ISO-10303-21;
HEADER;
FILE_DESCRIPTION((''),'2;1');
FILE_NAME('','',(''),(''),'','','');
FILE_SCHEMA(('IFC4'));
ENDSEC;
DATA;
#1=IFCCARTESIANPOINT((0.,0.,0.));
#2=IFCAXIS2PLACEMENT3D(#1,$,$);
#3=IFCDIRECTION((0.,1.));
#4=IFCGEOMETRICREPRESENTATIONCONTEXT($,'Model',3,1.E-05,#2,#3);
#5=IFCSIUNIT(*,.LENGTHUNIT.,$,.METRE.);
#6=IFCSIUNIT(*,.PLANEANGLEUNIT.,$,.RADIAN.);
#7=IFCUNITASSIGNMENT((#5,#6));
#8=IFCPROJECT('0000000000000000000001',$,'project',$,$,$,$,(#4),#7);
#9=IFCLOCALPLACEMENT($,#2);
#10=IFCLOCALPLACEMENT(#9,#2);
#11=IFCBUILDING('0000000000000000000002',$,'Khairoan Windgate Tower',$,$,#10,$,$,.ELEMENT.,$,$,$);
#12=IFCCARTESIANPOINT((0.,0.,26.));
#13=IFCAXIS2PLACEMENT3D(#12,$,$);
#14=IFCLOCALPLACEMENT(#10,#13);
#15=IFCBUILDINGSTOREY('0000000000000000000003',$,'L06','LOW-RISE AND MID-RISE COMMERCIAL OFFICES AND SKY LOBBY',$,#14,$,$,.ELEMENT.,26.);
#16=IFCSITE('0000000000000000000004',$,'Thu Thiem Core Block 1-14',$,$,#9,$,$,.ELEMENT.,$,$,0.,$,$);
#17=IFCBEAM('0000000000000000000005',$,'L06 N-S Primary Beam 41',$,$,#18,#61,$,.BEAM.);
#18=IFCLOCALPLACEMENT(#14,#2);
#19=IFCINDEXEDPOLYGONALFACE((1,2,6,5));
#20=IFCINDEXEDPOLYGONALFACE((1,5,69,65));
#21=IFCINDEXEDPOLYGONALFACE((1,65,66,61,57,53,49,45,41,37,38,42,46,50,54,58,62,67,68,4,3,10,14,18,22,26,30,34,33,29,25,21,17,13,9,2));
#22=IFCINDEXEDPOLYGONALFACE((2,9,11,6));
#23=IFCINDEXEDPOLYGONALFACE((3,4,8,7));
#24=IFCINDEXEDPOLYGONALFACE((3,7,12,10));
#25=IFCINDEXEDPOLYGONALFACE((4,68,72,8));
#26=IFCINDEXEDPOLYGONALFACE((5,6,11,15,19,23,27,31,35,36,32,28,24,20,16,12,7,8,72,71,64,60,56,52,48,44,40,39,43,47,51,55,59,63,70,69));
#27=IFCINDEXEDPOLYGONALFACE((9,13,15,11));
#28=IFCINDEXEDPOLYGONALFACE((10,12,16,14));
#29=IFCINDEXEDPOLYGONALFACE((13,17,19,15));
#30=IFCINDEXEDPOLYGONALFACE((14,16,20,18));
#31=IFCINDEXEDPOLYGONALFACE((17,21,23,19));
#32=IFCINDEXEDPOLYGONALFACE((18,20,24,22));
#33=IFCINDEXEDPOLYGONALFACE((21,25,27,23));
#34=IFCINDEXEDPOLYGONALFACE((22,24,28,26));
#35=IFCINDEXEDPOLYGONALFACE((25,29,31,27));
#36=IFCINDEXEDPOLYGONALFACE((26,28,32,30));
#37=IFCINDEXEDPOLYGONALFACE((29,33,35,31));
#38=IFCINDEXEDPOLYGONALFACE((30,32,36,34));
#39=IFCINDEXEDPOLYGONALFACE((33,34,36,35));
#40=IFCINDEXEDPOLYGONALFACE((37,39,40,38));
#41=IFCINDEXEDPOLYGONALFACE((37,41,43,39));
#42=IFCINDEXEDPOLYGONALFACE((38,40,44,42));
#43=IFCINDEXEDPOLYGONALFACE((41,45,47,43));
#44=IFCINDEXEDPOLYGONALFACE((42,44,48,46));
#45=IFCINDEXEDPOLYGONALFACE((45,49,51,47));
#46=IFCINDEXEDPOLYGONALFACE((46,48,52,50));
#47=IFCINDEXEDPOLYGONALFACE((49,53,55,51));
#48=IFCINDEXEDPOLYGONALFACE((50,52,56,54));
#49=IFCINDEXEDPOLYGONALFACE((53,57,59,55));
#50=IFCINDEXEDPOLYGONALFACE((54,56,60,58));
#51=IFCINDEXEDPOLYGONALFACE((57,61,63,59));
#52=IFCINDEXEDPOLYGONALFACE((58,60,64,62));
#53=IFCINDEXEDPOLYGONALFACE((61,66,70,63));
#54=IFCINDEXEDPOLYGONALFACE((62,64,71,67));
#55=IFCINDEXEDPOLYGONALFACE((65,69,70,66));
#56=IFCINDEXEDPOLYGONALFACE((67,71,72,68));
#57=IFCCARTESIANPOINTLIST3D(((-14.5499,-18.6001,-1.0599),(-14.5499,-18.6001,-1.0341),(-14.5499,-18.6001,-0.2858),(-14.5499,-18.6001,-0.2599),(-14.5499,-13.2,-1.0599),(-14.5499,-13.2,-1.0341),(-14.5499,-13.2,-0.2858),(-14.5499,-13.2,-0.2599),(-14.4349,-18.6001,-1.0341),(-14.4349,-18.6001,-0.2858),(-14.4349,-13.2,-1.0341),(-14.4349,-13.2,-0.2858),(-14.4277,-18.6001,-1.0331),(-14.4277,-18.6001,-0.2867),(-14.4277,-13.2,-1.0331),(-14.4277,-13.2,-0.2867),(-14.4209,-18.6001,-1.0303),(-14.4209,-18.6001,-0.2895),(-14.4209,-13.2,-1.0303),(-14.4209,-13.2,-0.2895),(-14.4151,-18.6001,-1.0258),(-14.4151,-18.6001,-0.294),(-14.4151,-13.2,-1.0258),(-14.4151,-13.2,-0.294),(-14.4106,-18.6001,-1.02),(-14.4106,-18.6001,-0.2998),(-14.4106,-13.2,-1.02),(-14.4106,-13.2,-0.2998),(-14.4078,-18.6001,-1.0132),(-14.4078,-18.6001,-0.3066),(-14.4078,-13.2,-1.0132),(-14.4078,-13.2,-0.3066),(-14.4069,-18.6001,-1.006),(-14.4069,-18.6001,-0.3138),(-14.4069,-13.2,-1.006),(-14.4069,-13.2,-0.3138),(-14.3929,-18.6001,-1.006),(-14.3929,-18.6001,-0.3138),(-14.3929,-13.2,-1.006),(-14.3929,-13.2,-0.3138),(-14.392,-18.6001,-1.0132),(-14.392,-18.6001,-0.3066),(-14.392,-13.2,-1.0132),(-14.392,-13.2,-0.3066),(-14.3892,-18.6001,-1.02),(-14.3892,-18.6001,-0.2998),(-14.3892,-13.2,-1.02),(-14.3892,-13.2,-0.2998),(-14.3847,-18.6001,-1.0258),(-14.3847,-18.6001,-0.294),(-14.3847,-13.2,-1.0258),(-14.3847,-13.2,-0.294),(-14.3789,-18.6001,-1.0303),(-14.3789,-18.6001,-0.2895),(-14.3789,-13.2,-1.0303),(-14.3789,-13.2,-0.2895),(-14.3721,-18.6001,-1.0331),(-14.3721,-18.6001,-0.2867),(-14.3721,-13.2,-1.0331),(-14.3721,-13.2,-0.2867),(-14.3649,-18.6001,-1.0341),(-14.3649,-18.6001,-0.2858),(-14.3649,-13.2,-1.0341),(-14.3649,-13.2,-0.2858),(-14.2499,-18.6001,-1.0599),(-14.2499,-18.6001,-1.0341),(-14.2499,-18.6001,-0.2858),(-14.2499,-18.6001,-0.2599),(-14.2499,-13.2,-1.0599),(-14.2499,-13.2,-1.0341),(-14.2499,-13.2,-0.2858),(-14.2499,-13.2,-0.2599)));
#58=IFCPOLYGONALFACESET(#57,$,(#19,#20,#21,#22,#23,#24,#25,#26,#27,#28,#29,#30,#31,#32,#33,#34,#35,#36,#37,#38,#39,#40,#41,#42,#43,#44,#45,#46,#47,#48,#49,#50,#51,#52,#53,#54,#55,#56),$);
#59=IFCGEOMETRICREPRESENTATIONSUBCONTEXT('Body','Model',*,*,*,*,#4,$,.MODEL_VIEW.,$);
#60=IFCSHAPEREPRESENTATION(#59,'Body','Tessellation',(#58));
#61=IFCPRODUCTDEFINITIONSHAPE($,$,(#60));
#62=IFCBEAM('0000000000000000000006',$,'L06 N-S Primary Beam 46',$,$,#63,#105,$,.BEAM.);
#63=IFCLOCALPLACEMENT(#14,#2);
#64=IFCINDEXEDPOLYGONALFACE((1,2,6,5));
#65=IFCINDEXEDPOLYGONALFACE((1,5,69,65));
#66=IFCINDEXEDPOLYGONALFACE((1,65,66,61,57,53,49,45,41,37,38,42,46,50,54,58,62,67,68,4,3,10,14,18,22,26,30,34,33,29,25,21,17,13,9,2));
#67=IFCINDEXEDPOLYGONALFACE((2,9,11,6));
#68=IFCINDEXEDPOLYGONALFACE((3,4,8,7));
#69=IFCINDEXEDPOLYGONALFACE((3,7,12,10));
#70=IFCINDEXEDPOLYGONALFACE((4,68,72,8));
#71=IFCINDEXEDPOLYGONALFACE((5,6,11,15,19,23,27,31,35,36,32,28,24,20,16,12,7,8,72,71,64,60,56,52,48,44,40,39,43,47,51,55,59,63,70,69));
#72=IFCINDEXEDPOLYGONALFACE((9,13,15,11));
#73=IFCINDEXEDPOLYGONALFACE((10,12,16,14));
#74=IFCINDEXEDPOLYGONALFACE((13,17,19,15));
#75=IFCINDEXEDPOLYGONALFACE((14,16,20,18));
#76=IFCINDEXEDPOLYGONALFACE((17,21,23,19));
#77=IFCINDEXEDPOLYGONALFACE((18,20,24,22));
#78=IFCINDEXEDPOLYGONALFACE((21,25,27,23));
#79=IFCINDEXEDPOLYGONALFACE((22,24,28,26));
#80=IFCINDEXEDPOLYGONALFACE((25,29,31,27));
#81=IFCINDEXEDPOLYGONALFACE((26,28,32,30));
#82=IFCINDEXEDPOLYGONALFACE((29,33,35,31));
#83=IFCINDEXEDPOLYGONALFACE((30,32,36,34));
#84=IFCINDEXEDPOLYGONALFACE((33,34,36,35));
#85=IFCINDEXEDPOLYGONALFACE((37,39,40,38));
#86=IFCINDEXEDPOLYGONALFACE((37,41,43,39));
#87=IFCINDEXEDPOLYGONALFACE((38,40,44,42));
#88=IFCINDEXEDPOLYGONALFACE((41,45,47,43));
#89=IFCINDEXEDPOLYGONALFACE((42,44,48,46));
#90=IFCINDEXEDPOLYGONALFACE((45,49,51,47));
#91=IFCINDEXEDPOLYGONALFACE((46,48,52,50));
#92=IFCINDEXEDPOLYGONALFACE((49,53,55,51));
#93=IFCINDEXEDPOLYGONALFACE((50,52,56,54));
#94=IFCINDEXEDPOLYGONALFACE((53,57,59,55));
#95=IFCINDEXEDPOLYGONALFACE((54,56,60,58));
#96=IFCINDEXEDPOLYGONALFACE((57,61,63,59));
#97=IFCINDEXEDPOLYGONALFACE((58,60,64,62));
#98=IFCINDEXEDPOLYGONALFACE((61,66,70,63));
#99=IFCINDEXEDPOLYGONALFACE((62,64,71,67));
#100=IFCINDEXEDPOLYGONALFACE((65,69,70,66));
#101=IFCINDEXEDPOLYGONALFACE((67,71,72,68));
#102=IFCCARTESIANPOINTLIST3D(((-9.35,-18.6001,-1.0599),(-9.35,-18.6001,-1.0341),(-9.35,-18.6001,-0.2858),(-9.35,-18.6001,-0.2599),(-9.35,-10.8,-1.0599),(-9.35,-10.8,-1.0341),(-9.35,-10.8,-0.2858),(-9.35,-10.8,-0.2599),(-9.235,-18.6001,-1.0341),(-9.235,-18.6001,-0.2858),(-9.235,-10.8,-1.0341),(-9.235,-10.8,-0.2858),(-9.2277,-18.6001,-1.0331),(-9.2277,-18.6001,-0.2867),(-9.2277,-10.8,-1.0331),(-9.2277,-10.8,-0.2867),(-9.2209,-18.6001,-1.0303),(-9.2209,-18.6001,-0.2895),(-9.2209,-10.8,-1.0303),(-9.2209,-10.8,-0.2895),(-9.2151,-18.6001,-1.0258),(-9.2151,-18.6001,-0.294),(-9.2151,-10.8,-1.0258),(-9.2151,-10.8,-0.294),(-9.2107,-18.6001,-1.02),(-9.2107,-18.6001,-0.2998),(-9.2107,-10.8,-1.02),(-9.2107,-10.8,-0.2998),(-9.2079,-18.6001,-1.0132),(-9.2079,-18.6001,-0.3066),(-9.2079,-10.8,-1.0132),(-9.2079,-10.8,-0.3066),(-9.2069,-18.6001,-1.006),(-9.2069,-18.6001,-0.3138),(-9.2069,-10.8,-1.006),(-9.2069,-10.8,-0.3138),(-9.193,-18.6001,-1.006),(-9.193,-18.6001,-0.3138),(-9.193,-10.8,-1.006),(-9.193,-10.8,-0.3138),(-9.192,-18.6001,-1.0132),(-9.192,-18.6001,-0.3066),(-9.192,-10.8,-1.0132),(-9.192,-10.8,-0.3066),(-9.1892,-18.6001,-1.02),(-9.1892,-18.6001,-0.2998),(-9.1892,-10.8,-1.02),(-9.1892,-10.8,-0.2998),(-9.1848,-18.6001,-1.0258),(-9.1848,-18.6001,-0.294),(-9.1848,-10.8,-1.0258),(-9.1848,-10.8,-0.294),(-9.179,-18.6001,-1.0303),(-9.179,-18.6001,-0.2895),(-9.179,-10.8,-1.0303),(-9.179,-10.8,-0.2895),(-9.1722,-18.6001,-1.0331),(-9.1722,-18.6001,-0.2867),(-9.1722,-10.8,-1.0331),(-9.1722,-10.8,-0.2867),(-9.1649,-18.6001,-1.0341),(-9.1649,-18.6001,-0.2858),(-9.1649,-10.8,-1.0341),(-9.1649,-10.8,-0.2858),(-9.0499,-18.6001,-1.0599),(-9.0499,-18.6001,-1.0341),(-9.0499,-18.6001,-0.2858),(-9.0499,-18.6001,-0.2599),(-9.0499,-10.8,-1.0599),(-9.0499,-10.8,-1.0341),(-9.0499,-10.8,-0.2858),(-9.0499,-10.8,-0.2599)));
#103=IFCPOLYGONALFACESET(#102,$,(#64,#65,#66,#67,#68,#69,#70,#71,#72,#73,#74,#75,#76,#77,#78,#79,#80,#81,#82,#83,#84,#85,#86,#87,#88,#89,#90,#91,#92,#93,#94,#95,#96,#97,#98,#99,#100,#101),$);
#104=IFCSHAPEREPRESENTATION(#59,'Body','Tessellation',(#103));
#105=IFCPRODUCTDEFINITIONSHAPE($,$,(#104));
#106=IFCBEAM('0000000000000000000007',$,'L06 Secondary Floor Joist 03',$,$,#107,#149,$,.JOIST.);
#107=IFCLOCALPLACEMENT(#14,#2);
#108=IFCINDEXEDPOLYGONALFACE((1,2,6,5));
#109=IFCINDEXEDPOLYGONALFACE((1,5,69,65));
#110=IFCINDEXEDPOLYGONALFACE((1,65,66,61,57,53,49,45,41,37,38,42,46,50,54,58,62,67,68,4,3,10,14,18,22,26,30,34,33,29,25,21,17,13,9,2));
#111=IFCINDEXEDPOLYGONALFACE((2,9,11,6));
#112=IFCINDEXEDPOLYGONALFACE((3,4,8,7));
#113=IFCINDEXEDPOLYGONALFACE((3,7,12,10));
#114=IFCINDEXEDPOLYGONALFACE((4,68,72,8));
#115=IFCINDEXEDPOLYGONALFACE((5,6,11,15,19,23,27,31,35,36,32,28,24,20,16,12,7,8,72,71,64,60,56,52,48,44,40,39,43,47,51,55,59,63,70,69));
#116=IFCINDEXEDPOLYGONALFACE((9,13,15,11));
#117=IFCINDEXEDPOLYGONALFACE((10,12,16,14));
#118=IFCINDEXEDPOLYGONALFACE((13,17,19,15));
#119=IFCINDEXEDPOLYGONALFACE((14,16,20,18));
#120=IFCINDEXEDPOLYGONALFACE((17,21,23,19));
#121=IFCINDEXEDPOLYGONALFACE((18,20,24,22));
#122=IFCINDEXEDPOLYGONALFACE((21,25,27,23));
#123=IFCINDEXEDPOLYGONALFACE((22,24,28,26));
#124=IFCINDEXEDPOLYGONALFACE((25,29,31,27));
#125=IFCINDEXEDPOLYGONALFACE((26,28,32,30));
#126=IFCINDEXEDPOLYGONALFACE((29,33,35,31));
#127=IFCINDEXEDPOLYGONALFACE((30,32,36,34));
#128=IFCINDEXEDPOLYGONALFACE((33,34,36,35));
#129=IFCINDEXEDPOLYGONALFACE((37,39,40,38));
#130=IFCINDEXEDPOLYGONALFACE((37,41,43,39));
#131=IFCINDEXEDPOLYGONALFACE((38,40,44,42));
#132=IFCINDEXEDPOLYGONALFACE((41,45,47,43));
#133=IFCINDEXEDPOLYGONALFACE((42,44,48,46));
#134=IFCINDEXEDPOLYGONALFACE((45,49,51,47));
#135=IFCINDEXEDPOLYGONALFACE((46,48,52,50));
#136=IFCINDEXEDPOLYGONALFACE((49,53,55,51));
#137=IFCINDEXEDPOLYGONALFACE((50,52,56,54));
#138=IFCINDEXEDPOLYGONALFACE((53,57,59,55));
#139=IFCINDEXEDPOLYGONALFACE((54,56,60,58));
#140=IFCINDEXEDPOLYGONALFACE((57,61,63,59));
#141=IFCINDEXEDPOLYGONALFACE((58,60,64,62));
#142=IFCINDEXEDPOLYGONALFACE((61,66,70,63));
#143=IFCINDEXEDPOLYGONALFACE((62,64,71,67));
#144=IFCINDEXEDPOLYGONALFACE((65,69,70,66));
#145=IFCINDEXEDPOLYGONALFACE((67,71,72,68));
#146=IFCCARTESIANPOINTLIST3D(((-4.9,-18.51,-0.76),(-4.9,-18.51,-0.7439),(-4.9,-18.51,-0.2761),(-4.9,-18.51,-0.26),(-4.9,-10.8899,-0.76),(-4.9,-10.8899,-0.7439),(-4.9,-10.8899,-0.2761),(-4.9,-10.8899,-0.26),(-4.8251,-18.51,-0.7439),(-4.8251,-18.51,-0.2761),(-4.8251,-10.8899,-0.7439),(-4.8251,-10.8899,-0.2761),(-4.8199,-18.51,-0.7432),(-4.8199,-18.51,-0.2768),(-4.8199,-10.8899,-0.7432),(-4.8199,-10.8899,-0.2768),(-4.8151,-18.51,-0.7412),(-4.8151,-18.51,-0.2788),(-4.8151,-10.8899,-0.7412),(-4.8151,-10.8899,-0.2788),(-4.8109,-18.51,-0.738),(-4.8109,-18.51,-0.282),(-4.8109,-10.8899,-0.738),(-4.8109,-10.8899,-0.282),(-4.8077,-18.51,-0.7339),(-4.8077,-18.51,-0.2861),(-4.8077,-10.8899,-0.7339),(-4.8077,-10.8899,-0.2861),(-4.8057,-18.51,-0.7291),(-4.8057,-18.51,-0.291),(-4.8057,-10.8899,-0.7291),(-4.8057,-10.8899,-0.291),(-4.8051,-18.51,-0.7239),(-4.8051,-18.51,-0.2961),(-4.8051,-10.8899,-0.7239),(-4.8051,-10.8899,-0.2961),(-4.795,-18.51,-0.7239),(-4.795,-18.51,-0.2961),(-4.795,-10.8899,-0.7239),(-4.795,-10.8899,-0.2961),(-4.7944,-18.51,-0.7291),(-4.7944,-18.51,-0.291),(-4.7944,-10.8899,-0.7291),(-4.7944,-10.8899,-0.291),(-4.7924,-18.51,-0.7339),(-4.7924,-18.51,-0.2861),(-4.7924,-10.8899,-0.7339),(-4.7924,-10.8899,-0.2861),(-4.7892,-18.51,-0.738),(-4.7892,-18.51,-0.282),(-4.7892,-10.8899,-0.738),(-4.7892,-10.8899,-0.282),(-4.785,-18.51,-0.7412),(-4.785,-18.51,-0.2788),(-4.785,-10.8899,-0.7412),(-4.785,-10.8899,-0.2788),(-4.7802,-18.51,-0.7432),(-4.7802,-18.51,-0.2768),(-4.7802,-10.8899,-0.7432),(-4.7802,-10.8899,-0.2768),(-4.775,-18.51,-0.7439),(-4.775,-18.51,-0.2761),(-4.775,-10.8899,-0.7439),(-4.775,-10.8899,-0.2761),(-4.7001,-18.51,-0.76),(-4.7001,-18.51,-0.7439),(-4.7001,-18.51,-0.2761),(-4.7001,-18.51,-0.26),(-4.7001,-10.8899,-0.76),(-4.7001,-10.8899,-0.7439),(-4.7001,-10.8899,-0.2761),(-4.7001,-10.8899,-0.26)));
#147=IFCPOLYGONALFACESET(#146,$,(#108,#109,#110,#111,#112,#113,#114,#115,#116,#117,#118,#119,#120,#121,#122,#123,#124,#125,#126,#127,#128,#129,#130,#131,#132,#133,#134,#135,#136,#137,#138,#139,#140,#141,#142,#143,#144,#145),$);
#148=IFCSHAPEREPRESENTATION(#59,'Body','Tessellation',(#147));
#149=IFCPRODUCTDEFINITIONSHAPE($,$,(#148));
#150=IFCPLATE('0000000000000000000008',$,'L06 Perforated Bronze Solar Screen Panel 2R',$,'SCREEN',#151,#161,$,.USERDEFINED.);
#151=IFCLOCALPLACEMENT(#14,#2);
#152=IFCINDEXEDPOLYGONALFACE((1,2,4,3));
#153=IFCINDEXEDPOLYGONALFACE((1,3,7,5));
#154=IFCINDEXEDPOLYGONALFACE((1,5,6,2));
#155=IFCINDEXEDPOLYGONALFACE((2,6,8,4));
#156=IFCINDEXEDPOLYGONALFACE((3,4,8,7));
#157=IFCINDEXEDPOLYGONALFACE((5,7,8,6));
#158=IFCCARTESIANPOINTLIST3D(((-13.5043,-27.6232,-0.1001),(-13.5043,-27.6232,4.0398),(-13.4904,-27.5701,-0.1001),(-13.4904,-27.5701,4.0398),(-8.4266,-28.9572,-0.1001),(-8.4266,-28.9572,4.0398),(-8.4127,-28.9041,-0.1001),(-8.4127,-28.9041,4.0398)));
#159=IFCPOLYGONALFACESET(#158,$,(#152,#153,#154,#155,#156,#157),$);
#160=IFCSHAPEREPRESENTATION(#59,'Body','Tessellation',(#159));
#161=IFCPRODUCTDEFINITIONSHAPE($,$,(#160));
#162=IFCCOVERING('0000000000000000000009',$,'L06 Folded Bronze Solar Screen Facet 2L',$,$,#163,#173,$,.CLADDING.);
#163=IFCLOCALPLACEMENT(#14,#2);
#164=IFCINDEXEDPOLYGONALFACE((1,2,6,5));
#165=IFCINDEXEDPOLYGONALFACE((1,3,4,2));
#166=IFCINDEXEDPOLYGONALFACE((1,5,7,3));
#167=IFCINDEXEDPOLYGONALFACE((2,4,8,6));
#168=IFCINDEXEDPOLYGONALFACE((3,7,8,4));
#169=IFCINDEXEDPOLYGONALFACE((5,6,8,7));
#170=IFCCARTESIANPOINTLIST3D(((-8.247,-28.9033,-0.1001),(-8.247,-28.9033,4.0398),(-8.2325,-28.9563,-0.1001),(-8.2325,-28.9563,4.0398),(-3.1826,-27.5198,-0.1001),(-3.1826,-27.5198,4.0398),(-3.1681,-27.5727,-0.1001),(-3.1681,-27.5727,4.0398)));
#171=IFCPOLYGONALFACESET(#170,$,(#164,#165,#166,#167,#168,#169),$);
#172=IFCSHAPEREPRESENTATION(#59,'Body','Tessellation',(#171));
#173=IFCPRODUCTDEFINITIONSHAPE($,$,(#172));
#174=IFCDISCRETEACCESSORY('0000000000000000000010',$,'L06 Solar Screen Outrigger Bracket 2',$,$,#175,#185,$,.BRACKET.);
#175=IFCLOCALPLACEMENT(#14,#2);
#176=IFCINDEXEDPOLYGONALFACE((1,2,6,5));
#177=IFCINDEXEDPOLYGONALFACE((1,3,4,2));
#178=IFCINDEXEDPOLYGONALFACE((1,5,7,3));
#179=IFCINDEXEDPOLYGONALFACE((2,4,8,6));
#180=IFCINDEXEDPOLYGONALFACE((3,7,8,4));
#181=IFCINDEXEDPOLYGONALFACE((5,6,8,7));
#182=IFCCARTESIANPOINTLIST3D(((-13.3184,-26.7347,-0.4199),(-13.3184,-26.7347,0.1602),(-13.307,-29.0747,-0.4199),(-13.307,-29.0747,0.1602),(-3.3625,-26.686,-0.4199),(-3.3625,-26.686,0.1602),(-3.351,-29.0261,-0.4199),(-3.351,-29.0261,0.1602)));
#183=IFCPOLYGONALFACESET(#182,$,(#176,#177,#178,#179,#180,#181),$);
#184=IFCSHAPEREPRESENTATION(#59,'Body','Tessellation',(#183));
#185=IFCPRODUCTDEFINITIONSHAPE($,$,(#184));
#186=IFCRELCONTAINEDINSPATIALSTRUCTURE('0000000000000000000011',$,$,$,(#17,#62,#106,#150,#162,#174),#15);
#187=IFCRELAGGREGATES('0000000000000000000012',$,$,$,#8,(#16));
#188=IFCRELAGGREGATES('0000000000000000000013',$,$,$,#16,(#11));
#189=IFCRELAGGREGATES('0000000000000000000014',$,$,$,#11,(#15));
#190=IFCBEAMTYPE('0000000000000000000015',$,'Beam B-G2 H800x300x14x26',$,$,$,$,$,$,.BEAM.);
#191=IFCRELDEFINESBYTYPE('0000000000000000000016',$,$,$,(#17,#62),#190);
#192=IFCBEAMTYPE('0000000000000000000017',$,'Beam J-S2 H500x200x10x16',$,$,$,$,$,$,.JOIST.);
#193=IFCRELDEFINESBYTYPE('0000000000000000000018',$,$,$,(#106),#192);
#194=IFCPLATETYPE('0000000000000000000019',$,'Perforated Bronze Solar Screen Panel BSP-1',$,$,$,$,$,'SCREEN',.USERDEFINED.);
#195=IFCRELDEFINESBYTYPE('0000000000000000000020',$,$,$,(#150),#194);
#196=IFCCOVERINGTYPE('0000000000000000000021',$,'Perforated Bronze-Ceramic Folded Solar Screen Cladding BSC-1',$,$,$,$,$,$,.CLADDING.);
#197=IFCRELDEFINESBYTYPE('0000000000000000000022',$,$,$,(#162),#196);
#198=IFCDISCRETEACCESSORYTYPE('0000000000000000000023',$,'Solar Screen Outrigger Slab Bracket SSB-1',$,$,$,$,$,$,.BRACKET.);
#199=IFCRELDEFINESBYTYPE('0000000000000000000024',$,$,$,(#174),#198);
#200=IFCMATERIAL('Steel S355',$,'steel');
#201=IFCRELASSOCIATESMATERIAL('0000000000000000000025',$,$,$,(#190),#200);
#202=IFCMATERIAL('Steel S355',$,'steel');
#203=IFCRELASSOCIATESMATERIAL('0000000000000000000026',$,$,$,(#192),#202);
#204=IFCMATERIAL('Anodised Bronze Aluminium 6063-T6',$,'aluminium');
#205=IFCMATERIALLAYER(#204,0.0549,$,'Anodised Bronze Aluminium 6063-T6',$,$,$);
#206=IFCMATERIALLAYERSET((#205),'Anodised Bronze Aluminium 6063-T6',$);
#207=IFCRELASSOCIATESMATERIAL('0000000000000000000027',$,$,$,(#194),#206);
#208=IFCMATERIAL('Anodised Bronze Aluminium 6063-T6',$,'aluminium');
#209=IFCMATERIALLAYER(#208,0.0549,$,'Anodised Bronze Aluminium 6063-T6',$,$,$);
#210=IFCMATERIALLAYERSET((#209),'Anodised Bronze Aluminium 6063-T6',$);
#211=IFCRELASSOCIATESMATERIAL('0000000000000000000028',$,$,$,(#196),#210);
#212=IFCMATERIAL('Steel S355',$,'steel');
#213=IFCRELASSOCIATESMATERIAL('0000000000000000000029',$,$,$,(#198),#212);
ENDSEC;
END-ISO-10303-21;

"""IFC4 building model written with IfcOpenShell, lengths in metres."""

from ifc_helpers import new_model, si_unit, direction, frame, origin, origin_2d, place, context, subcontext, project, spatial, rectangle, i_section, extrude, material, layer, layer_set, material_profile, profile_set, type_object, element, save


model = new_model("IFC4")

# Units and contexts
model_context = context("Model", 3, precision=1e-05, world=origin(), true_north=direction((0.0, 1.0)))
body_context = subcontext(model_context, "Body", "Model", "MODEL_VIEW")
ifc_project = project(units=[si_unit("LENGTHUNIT", "METRE"), si_unit("PLANEANGLEUNIT", "RADIAN")], contexts=[model_context])

# Site, building, storey
site_placement = place(None, origin())
site = spatial("IfcSite", under=ifc_project, at=site_placement, Name="Thu Thiem Core Block 1-14", CompositionType="ELEMENT", RefElevation=0.0)
building_placement = place(site_placement, origin())
building = spatial("IfcBuilding", under=site, at=building_placement, Name="Khairoan Windgate Tower", CompositionType="ELEMENT")
storey_placement = place(building_placement, frame((0.0, 0.0, 26.0)))
storey = spatial("IfcBuildingStorey", under=building, at=storey_placement, Name="L06", Description="LOW-RISE AND MID-RISE COMMERCIAL OFFICES AND SKY LOBBY", CompositionType="ELEMENT", Elevation=26.0)

# Beams
ifc_material_1 = material(Name="Steel S355", Category="steel")
ifc_material_profile_1 = material_profile(ifc_material_1, i_section(OverallWidth=0.3, OverallDepth=0.8, WebThickness=0.0139, FlangeThickness=0.0259, FilletRadius=0.0281, at=origin_2d()))
ifc_profile_set_1 = profile_set([ifc_material_profile_1], Name="Steel S355")
beam_type_1 = type_object("IfcBeamType", Name="Beam B-G2 H800x300x14x26", PredefinedType="BEAM", material=ifc_profile_set_1)
beam_1_placement = place(storey_placement, frame((-14.3999, -18.6001, -0.6599), z_axis=(0.0, 1.0, 0.0), x_axis=(-1.0, 0.0, 0.0)))
element("IfcBeam", 1, at=beam_1_placement, inside=storey, type_object=beam_type_1, Name="L06 N-S Primary Beam 41", PredefinedType="BEAM", context=body_context, shape_type="SweptSolid", body=[
    extrude(i_section(OverallWidth=0.3, OverallDepth=0.8, WebThickness=0.0139, FlangeThickness=0.0259, FilletRadius=0.0281, at=origin_2d()), origin(), (0.0, 0.0, 1.0), 5.4001),
])
beam_2_placement = place(storey_placement, frame((-9.2, -18.6001, -0.6599), z_axis=(0.0, 1.0, 0.0), x_axis=(-1.0, 0.0, 0.0)))
element("IfcBeam", 2, at=beam_2_placement, inside=storey, type_object=beam_type_1, Name="L06 N-S Primary Beam 46", PredefinedType="BEAM", context=body_context, shape_type="SweptSolid", body=[
    extrude(i_section(OverallWidth=0.3, OverallDepth=0.8, WebThickness=0.0139, FlangeThickness=0.0259, FilletRadius=0.0281, at=origin_2d()), origin(), (0.0, 0.0, 1.0), 7.8),
])
ifc_material_2 = material(Name="Steel S355", Category="steel")
ifc_material_profile_2 = material_profile(ifc_material_2, i_section(OverallWidth=0.2, OverallDepth=0.5, WebThickness=0.01, FlangeThickness=0.0161, FilletRadius=0.02, at=origin_2d()))
ifc_profile_set_2 = profile_set([ifc_material_profile_2], Name="Steel S355")
beam_type_2 = type_object("IfcBeamType", Name="Beam J-S2 H500x200x10x16", PredefinedType="JOIST", material=ifc_profile_set_2)
beam_3_placement = place(storey_placement, frame((-4.8, -18.51, -0.51), z_axis=(0.0, 1.0, 0.0), x_axis=(-1.0, 0.0, 0.0)))
element("IfcBeam", 3, at=beam_3_placement, inside=storey, type_object=beam_type_2, Name="L06 Secondary Floor Joist 03", PredefinedType="JOIST", context=body_context, shape_type="SweptSolid", body=[
    extrude(i_section(OverallWidth=0.2, OverallDepth=0.5, WebThickness=0.01, FlangeThickness=0.0161, FilletRadius=0.02, at=origin_2d()), origin(), (0.0, 0.0, 1.0), 7.6201),
])

# Plate
ifc_material_3 = material(Name="Anodised Bronze Aluminium 6063-T6", Category="aluminium")
ifc_layer_1 = layer(ifc_material_3, 0.0549, Name="Anodised Bronze Aluminium 6063-T6")
ifc_layer_set_1 = layer_set([ifc_layer_1], Name="Anodised Bronze Aluminium 6063-T6")
plate_type = type_object("IfcPlateType", Name="Perforated Bronze Solar Screen Panel BSP-1", ElementType="SCREEN", PredefinedType="USERDEFINED", material=ifc_layer_set_1)
plate_placement = place(storey_placement, frame((-10.9585, -28.2637, -0.1001), z_axis=(0.0, 0.0, 1.0), x_axis=(-0.967179, 0.254096, 0.0)))
element("IfcPlate", 4, at=plate_placement, inside=storey, type_object=plate_type, Name="L06 Perforated Bronze Solar Screen Panel 2R", ObjectType="SCREEN", PredefinedType="USERDEFINED", context=body_context, shape_type="SweptSolid", body=[
    extrude(rectangle(XDim=5.25, YDim=0.0549, at=origin_2d()), origin(), (0.0, 0.0, 1.0), 4.1399),
])

# Covering
ifc_material_4 = material(Name="Anodised Bronze Aluminium 6063-T6", Category="aluminium")
ifc_layer_2 = layer(ifc_material_4, 0.0549, Name="Anodised Bronze Aluminium 6063-T6")
ifc_layer_set_2 = layer_set([ifc_layer_2], Name="Anodised Bronze Aluminium 6063-T6")
covering_type = type_object("IfcCoveringType", Name="Perforated Bronze-Ceramic Folded Solar Screen Cladding BSC-1", PredefinedType="CLADDING", material=ifc_layer_set_2)
covering_placement = place(storey_placement, frame((-5.7075, -28.238, -0.1001), z_axis=(0.0, 0.0, 1.0), x_axis=(-0.964649, -0.263536, 0.0)))
element("IfcCovering", 5, at=covering_placement, inside=storey, type_object=covering_type, Name="L06 Folded Bronze Solar Screen Facet 2L", PredefinedType="CLADDING", context=body_context, shape_type="SweptSolid", body=[
    extrude(rectangle(XDim=5.25, YDim=0.0549, at=origin_2d()), origin(), (0.0, 0.0, 1.0), 4.1399),
])

# Discrete accessory
ifc_material_5 = material(Name="Steel S355", Category="steel")
discrete_accessory_type = type_object("IfcDiscreteAccessoryType", Name="Solar Screen Outrigger Slab Bracket SSB-1", PredefinedType="BRACKET", material=ifc_material_5)
discrete_accessory_placement = place(storey_placement, frame((-8.3347, -27.8804, -0.4199), z_axis=(0.0, 0.0, 1.0), x_axis=(-0.999988, -0.004887, 0.0)))
element("IfcDiscreteAccessory", 6, at=discrete_accessory_placement, inside=storey, type_object=discrete_accessory_type, Name="L06 Solar Screen Outrigger Bracket 2", PredefinedType="BRACKET", context=body_context, shape_type="SweptSolid", body=[
    extrude(rectangle(XDim=9.9561, YDim=2.3401, at=origin_2d()), origin(), (0.0, 0.0, 1.0), 0.5801),
])

save(model, "model.ifc")
